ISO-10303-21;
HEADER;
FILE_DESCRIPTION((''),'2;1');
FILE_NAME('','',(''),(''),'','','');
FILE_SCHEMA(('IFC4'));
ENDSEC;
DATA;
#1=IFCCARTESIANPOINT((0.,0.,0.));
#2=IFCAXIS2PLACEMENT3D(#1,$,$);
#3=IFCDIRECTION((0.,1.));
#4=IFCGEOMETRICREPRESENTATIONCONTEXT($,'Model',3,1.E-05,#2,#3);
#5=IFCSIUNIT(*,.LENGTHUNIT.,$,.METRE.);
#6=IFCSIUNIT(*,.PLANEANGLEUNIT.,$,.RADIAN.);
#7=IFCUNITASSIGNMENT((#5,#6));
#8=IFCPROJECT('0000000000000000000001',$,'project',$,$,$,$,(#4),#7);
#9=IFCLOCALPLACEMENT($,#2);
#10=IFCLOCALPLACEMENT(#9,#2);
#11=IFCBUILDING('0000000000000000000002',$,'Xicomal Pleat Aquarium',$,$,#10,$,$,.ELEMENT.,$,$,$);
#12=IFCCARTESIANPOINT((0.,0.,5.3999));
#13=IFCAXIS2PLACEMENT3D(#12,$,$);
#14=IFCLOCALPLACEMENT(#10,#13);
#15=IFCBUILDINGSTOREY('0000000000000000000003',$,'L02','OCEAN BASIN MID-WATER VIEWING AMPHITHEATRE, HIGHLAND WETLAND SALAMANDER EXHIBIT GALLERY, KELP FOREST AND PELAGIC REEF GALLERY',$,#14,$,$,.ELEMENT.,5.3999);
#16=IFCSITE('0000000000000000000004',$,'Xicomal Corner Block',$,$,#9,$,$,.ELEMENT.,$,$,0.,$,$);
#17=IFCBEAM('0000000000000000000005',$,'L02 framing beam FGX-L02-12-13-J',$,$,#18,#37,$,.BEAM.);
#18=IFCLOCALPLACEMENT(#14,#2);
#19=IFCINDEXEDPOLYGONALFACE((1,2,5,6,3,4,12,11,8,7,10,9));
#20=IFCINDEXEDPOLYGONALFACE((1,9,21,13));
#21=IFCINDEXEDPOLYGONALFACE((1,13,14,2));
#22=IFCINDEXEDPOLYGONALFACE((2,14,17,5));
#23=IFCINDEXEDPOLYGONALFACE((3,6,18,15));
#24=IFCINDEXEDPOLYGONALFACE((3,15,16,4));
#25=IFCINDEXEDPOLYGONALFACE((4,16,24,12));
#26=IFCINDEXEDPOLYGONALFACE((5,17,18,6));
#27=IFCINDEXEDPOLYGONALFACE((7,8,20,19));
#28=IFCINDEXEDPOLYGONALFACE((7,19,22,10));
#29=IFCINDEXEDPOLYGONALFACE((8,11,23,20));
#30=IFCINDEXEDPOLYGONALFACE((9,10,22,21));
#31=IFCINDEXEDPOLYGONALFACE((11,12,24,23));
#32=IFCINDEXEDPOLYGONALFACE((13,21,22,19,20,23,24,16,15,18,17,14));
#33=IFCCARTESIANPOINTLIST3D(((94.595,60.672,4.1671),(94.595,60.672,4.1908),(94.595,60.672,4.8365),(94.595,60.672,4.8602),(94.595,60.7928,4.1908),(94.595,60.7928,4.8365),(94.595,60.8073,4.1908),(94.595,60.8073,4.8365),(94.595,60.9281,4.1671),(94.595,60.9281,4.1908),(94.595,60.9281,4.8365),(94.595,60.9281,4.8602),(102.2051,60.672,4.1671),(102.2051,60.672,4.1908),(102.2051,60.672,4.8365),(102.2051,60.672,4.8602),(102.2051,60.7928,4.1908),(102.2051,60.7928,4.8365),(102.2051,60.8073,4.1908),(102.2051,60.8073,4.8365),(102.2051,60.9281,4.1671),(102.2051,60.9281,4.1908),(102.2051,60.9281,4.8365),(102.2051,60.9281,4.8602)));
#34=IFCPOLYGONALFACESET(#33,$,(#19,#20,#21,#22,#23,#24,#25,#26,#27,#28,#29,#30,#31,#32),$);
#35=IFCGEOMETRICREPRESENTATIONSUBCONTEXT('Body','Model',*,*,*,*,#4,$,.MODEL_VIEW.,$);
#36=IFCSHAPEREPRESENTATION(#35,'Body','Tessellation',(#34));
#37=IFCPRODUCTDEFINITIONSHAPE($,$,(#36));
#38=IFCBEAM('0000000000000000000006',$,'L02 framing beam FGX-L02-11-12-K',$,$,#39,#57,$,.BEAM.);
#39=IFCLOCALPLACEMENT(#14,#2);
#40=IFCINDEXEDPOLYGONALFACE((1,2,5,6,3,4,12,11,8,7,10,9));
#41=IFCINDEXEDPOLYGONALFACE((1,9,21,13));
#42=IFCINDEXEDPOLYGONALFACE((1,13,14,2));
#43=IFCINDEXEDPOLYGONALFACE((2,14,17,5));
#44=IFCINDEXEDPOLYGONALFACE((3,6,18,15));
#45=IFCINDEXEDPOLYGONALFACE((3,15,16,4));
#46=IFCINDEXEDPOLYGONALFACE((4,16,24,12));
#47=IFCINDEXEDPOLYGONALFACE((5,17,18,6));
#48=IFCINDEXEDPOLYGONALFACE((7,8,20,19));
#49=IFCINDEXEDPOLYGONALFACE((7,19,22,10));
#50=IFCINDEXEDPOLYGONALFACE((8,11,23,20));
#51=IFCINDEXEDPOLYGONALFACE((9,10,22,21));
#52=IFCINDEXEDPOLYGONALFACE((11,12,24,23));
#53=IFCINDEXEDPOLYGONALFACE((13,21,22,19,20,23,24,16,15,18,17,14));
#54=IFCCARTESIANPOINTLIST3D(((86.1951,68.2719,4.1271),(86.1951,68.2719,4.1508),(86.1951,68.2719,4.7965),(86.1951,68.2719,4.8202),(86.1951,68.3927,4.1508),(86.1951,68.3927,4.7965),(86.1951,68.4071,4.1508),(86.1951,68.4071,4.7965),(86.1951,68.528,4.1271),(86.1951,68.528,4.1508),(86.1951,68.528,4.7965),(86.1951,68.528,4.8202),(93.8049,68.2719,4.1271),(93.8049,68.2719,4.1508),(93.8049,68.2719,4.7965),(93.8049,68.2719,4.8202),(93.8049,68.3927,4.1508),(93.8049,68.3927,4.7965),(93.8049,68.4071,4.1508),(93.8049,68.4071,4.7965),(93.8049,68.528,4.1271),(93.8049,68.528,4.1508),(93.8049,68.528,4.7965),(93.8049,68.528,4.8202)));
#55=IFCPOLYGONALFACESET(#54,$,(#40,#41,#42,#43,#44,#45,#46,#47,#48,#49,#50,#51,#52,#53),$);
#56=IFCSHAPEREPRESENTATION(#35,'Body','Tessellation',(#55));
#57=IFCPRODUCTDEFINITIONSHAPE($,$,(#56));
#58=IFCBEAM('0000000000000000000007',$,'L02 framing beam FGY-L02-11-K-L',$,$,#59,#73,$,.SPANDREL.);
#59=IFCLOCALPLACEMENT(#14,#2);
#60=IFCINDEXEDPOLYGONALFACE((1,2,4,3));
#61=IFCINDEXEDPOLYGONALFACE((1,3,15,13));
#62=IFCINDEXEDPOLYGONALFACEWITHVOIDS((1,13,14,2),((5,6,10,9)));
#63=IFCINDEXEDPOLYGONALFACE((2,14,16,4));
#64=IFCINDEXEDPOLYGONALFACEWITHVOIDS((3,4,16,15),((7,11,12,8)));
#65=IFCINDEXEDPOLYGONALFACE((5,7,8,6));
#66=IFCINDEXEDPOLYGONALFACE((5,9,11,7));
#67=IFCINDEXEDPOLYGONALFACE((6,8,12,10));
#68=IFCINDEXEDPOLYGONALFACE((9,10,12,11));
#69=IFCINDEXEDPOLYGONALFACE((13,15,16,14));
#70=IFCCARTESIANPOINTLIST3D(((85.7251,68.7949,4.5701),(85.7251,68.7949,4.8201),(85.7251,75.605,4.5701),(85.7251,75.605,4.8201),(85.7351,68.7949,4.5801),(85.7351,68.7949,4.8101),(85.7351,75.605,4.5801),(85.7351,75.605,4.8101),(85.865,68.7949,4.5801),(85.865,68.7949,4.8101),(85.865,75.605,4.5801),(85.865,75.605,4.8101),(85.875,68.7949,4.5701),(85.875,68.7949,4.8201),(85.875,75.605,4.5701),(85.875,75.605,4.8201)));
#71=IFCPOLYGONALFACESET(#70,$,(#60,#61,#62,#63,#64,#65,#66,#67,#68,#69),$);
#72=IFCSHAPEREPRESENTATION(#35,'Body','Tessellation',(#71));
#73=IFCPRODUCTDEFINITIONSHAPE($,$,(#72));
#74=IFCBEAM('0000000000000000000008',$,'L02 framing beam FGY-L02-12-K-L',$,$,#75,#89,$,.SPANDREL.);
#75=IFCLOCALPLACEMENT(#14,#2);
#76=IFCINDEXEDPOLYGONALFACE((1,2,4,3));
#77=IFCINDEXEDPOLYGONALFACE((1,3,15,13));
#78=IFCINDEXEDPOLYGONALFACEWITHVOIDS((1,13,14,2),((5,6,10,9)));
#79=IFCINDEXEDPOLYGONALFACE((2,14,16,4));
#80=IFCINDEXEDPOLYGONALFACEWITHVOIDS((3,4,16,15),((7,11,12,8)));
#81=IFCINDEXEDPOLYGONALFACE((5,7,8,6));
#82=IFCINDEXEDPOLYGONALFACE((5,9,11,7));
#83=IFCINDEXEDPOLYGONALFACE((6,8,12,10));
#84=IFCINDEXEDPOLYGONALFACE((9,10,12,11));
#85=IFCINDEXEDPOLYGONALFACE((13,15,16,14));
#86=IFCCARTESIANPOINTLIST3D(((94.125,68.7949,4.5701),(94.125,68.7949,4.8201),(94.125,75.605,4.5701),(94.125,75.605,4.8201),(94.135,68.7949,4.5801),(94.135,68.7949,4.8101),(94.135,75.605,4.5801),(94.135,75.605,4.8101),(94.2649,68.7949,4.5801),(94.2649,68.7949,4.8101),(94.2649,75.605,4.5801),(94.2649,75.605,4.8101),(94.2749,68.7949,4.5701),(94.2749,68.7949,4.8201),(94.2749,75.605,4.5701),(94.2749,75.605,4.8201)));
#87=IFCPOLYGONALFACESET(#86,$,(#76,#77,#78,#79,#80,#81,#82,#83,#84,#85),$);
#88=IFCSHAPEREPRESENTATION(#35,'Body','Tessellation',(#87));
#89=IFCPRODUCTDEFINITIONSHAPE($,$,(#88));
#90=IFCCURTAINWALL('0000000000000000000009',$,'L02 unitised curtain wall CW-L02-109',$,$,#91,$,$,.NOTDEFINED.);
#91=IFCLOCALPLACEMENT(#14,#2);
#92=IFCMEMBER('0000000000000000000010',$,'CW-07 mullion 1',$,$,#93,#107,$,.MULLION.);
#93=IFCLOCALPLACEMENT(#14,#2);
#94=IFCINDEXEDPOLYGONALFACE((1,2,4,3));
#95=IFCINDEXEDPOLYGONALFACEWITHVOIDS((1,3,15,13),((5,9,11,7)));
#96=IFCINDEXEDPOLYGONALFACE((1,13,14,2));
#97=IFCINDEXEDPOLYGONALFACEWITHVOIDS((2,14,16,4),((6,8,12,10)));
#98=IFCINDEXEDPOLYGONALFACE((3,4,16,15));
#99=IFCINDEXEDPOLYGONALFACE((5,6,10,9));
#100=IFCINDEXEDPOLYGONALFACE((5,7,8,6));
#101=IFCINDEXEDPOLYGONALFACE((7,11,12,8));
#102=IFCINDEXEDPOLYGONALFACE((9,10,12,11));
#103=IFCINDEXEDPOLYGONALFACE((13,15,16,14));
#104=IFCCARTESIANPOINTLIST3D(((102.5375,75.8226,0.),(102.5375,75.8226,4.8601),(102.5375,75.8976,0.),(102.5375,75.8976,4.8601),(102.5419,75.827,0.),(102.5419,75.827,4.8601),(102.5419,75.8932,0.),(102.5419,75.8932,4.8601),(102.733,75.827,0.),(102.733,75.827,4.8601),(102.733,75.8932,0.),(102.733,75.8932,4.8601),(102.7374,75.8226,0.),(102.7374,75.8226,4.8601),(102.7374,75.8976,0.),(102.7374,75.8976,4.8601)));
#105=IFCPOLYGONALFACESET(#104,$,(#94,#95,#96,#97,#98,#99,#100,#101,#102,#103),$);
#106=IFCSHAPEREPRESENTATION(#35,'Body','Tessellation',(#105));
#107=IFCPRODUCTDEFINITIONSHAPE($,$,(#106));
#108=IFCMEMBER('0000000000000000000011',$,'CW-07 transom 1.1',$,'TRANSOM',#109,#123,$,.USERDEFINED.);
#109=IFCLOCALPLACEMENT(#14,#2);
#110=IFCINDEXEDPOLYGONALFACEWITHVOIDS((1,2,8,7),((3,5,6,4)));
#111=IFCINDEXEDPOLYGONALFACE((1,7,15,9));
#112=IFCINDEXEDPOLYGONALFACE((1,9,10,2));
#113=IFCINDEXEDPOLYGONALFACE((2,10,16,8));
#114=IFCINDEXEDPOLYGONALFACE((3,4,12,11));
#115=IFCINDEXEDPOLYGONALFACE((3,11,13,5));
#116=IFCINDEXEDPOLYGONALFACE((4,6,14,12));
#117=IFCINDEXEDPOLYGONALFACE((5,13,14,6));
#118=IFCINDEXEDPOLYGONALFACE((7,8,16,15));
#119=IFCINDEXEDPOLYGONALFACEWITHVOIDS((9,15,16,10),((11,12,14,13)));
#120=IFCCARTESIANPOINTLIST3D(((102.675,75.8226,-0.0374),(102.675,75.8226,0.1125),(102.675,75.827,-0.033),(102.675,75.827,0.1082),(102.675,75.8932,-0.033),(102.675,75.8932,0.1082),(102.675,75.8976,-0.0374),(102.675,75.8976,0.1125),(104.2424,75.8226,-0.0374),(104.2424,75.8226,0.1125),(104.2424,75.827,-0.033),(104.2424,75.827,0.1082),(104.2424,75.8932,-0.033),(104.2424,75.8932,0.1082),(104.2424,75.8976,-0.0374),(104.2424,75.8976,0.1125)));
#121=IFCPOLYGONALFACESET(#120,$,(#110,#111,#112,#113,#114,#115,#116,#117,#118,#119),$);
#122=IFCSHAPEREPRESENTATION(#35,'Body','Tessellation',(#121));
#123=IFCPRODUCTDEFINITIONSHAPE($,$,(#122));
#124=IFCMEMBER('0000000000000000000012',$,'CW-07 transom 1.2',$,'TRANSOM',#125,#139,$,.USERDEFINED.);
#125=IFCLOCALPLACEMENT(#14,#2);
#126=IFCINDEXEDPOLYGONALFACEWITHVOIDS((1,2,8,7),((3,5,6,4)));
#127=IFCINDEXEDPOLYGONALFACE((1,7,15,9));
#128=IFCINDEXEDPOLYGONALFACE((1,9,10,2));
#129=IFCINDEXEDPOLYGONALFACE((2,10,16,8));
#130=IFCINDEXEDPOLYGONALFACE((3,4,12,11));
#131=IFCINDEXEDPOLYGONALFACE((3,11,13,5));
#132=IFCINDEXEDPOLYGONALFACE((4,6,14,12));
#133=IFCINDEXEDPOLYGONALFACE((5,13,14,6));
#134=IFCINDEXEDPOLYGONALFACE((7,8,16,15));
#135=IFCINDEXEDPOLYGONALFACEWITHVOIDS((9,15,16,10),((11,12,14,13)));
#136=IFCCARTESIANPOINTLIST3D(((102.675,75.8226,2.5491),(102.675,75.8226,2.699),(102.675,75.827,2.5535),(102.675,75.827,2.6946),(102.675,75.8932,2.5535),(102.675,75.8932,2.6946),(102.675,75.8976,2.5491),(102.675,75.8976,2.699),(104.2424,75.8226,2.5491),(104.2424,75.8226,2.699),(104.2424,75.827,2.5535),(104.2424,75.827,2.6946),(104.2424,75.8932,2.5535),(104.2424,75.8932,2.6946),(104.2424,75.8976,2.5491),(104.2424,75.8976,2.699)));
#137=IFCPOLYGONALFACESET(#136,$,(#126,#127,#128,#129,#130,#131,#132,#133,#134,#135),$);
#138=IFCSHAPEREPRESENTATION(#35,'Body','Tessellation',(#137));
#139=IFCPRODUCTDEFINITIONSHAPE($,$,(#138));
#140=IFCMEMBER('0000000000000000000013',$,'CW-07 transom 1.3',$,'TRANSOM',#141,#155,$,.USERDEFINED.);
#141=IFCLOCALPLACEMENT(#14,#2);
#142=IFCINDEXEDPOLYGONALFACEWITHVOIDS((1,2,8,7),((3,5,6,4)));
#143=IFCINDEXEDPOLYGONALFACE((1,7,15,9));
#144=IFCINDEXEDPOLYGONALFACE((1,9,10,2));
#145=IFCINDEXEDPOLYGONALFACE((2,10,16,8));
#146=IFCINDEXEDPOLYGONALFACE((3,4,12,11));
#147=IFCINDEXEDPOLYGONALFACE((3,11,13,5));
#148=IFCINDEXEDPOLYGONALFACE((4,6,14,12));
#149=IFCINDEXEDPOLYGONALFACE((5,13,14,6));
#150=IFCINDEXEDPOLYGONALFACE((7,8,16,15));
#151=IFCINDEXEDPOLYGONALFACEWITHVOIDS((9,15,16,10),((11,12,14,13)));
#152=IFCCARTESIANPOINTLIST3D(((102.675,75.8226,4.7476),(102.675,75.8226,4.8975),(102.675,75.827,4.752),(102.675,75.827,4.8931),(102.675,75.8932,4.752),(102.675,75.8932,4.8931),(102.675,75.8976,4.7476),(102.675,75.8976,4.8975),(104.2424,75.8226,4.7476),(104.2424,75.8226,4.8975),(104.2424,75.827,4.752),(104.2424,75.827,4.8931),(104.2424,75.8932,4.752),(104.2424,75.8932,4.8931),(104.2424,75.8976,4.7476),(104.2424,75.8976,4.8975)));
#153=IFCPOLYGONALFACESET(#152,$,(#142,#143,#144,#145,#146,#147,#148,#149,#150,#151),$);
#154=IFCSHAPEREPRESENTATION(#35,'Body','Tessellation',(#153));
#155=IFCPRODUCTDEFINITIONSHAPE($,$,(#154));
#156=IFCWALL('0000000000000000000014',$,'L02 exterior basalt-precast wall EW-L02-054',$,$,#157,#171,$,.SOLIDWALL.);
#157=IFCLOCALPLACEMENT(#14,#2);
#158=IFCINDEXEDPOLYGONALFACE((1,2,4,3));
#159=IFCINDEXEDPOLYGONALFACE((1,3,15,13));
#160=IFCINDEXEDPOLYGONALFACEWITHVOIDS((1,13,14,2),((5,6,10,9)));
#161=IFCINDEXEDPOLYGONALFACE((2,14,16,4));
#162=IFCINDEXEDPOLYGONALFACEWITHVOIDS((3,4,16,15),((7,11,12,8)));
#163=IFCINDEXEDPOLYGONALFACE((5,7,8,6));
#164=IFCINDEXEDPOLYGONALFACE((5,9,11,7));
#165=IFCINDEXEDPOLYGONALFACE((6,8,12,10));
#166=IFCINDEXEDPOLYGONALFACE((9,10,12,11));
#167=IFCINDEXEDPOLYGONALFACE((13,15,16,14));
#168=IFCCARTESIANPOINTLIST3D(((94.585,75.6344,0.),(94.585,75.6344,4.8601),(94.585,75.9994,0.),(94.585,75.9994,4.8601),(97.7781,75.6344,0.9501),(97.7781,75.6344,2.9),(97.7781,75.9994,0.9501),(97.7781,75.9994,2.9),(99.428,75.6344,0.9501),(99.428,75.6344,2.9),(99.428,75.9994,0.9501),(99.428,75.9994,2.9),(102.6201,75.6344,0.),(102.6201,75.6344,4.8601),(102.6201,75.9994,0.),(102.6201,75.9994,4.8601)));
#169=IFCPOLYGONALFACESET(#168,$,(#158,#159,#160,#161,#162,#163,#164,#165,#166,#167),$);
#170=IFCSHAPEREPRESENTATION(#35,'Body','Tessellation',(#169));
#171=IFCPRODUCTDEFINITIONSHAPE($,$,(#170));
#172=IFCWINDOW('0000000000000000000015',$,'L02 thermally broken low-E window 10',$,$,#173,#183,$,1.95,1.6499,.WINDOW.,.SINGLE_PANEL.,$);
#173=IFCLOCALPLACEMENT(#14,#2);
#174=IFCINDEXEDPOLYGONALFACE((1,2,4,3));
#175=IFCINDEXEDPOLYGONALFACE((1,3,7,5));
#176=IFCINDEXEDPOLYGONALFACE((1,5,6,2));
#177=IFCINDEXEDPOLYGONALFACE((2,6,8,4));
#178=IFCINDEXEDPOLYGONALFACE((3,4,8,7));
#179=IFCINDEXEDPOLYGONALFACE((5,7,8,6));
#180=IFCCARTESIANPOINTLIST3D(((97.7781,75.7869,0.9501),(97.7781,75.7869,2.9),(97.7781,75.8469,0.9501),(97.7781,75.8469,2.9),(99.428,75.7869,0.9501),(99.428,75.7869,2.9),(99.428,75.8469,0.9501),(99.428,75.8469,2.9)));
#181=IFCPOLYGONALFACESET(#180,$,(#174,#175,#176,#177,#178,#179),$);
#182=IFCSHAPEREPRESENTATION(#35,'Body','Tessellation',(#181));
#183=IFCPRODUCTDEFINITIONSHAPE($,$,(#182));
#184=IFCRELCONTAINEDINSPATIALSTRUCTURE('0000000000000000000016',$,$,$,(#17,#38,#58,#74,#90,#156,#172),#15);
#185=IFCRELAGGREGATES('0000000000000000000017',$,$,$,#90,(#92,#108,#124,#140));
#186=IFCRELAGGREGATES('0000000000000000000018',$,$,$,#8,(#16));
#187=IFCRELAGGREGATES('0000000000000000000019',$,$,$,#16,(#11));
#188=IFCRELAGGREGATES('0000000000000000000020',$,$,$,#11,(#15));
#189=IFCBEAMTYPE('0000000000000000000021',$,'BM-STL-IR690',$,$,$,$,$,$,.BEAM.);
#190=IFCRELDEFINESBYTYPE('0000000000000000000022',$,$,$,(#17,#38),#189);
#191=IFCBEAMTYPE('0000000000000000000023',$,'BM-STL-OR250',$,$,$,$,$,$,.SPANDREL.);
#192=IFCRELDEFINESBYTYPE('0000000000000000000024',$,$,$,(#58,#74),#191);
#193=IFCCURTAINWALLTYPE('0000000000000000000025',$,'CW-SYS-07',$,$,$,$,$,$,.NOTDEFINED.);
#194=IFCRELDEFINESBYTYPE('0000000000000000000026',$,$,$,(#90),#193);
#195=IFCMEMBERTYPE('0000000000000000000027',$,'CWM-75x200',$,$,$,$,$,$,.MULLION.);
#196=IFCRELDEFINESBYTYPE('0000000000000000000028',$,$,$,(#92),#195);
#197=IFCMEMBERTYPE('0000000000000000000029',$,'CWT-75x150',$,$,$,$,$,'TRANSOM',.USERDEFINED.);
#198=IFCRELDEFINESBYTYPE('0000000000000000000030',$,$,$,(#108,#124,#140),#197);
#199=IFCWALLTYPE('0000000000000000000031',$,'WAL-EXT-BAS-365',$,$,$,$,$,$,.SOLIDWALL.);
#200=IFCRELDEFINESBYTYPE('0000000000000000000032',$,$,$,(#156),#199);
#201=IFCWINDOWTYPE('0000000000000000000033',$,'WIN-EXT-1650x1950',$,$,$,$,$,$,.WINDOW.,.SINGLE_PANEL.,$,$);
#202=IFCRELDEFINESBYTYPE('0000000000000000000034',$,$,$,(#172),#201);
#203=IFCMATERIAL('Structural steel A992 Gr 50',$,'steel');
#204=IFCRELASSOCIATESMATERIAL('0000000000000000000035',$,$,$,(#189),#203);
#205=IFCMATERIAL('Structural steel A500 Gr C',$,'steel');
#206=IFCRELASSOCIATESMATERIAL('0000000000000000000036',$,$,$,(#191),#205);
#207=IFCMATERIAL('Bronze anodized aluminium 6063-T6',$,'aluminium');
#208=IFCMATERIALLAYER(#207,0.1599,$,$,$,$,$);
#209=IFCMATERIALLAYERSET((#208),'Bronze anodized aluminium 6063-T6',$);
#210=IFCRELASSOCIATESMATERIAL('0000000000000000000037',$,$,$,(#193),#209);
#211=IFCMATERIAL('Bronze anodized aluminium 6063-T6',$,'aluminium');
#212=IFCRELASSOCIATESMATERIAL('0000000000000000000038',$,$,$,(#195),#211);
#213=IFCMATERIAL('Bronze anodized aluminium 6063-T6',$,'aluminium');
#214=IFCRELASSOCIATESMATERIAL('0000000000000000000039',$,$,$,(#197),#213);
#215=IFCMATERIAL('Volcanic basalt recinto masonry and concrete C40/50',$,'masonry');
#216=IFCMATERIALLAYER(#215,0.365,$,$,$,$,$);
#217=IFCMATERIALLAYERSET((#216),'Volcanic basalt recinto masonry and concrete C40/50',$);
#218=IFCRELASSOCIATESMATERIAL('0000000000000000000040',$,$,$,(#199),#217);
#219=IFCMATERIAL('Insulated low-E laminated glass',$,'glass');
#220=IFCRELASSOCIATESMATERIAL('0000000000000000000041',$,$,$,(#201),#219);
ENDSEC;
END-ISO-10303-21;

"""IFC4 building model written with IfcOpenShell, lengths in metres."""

from ifc_helpers import new_model, si_unit, direction, frame, frame_2d, origin, origin_2d, place, context, subcontext, project, spatial, rectangle, hollow_rectangle, i_section, extrude, material, layer, layer_set, material_profile, profile_set, type_object, element, fill, aggregate, save


model = new_model("IFC4")

# Units and contexts
model_context = context("Model", 3, precision=1e-05, world=origin(), true_north=direction((0.0, 1.0)))
body_context = subcontext(model_context, "Body", "Model", "MODEL_VIEW")
ifc_project = project(units=[si_unit("LENGTHUNIT", "METRE"), si_unit("PLANEANGLEUNIT", "RADIAN")], contexts=[model_context])

# Site, building, storey
site_placement = place(None, origin())
site = spatial("IfcSite", under=ifc_project, at=site_placement, Name="Xicomal Corner Block", CompositionType="ELEMENT", RefElevation=0.0)
building_placement = place(site_placement, origin())
building = spatial("IfcBuilding", under=site, at=building_placement, Name="Xicomal Pleat Aquarium", CompositionType="ELEMENT")
storey_placement = place(building_placement, frame((0.0, 0.0, 5.3999)))
storey = spatial("IfcBuildingStorey", under=building, at=storey_placement, Name="L02", Description="OCEAN BASIN MID-WATER VIEWING AMPHITHEATRE, HIGHLAND WETLAND SALAMANDER EXHIBIT GALLERY, KELP FOREST AND PELAGIC REEF GALLERY", CompositionType="ELEMENT", Elevation=5.3999)

# Beams
ifc_material_1 = material(Name="Structural steel A992 Gr 50", Category="steel")
ifc_material_profile_1 = material_profile(ifc_material_1, i_section(OverallWidth=0.2561, OverallDepth=0.6931, WebThickness=0.0144, FlangeThickness=0.0237, at=origin_2d()), Name="IR 690x170")
ifc_profile_set_1 = profile_set([ifc_material_profile_1], Name="Structural steel A992 Gr 50")
beam_type_1 = type_object("IfcBeamType", Name="BM-STL-IR690", PredefinedType="BEAM", material=ifc_profile_set_1)
beam_1_placement = place(storey_placement, frame((94.595, 60.8, 4.5137), z_axis=(1.0, 0.0, 0.0), x_axis=(0.0, 1.0, 0.0)))
element("IfcBeam", 1, at=beam_1_placement, inside=storey, type_object=beam_type_1, Name="L02 framing beam FGX-L02-12-13-J", PredefinedType="BEAM", context=body_context, shape_type="SweptSolid", body=[
    extrude(i_section(OverallWidth=0.2561, OverallDepth=0.6931, WebThickness=0.0144, FlangeThickness=0.0237, at=origin_2d()), origin(), (0.0, 0.0, 1.0), 7.6101),
])
beam_2_placement = place(storey_placement, frame((86.1951, 68.3999, 4.4736), z_axis=(1.0, 0.0, 0.0), x_axis=(0.0, 1.0, 0.0)))
element("IfcBeam", 2, at=beam_2_placement, inside=storey, type_object=beam_type_1, Name="L02 framing beam FGX-L02-11-12-K", PredefinedType="BEAM", context=body_context, shape_type="SweptSolid", body=[
    extrude(i_section(OverallWidth=0.2561, OverallDepth=0.6931, WebThickness=0.0144, FlangeThickness=0.0237, at=origin_2d()), origin(), (0.0, 0.0, 1.0), 7.6099),
])
ifc_material_2 = material(Name="Structural steel A500 Gr C", Category="steel")
ifc_material_profile_2 = material_profile(ifc_material_2, hollow_rectangle(XDim=0.1499, YDim=0.25, WallThickness=0.01, at=origin_2d()), Name="OR 250x150x10")
ifc_profile_set_2 = profile_set([ifc_material_profile_2], Name="Structural steel A500 Gr C")
beam_type_2 = type_object("IfcBeamType", Name="BM-STL-OR250", PredefinedType="SPANDREL", material=ifc_profile_set_2)
for number, where, z_axis, x_axis, name in (
    (3, (85.8, 68.7949, 4.6951), (0.0, 1.0, 0.0), (-1.0, 0.0, 0.0), "L02 framing beam FGY-L02-11-K-L"),
    (4, (94.2, 68.7949, 4.6951), (0.0, 1.0, 0.0), (-1.0, 0.0, 0.0), "L02 framing beam FGY-L02-12-K-L"),
):
    element("IfcBeam", number, at=place(storey_placement, frame(where, z_axis=z_axis, x_axis=x_axis)), inside=storey, type_object=beam_type_2, Name=name, PredefinedType="SPANDREL", context=body_context, shape_type="SweptSolid", body=[
        extrude(hollow_rectangle(XDim=0.1499, YDim=0.25, WallThickness=0.01, at=origin_2d()), origin(), (0.0, 0.0, 1.0), 6.8101),
    ])

# Curtain wall, members
ifc_material_3 = material(Name="Bronze anodized aluminium 6063-T6", Category="aluminium")
ifc_layer_1 = layer(ifc_material_3, 0.1599)
ifc_layer_set_1 = layer_set([ifc_layer_1], Name="Bronze anodized aluminium 6063-T6")
curtain_wall_type = type_object("IfcCurtainWallType", Name="CW-SYS-07", PredefinedType="NOTDEFINED", material=ifc_layer_set_1)
curtain_wall_placement = place(storey_placement, origin())
curtain_wall = element("IfcCurtainWall", 5, at=curtain_wall_placement, inside=storey, type_object=curtain_wall_type, Name="L02 unitised curtain wall CW-L02-109", PredefinedType="NOTDEFINED")
ifc_material_4 = material(Name="Bronze anodized aluminium 6063-T6", Category="aluminium")
ifc_material_profile_3 = material_profile(ifc_material_4, hollow_rectangle(XDim=0.075, YDim=0.2, WallThickness=0.0044, at=origin_2d()), Name="ALU MULL 75x200")
ifc_profile_set_3 = profile_set([ifc_material_profile_3], Name="Bronze anodized aluminium 6063-T6")
member_type_1 = type_object("IfcMemberType", Name="CWM-75x200", PredefinedType="MULLION", material=ifc_profile_set_3)
member_1_placement = place(storey_placement, frame((102.6375, 75.8601, 0.0), z_axis=(0.0, 0.0, 1.0), x_axis=(0.0, 1.0, 0.0)))
member_1 = element("IfcMember", 6, at=member_1_placement, type_object=member_type_1, Name="CW-07 mullion 1", PredefinedType="MULLION", context=body_context, shape_type="SweptSolid", body=[
    extrude(hollow_rectangle(XDim=0.075, YDim=0.2, WallThickness=0.0044, at=origin_2d()), origin(), (0.0, 0.0, 1.0), 4.8601),
])
ifc_material_5 = material(Name="Bronze anodized aluminium 6063-T6", Category="aluminium")
ifc_material_profile_4 = material_profile(ifc_material_5, hollow_rectangle(XDim=0.075, YDim=0.1499, WallThickness=0.0044, at=origin_2d()), Name="ALU TRAN 75x150")
ifc_profile_set_4 = profile_set([ifc_material_profile_4], Name="Bronze anodized aluminium 6063-T6")
member_type_2 = type_object("IfcMemberType", Name="CWT-75x150", ElementType="TRANSOM", PredefinedType="USERDEFINED", material=ifc_profile_set_4)
member_2_placement = place(storey_placement, frame((102.675, 75.8601, 0.0376), z_axis=(1.0, 0.0, 0.0), x_axis=(0.0, 1.0, 0.0)))
member_2 = element("IfcMember", 7, at=member_2_placement, type_object=member_type_2, Name="CW-07 transom 1.1", ObjectType="TRANSOM", PredefinedType="USERDEFINED", context=body_context, shape_type="SweptSolid", body=[
    extrude(hollow_rectangle(XDim=0.075, YDim=0.1499, WallThickness=0.0044, at=origin_2d()), origin(), (0.0, 0.0, 1.0), 1.5674),
])
member_3_placement = place(storey_placement, frame((102.675, 75.8601, 2.624), z_axis=(1.0, 0.0, 0.0), x_axis=(0.0, 1.0, 0.0)))
member_3 = element("IfcMember", 8, at=member_3_placement, type_object=member_type_2, Name="CW-07 transom 1.2", ObjectType="TRANSOM", PredefinedType="USERDEFINED", context=body_context, shape_type="SweptSolid", body=[
    extrude(hollow_rectangle(XDim=0.075, YDim=0.1499, WallThickness=0.0044, at=origin_2d()), origin(), (0.0, 0.0, 1.0), 1.5674),
])
member_4_placement = place(storey_placement, frame((102.675, 75.8601, 4.8225), z_axis=(1.0, 0.0, 0.0), x_axis=(0.0, 1.0, 0.0)))
member_4 = element("IfcMember", 9, at=member_4_placement, type_object=member_type_2, Name="CW-07 transom 1.3", ObjectType="TRANSOM", PredefinedType="USERDEFINED", context=body_context, shape_type="SweptSolid", body=[
    extrude(hollow_rectangle(XDim=0.075, YDim=0.1499, WallThickness=0.0044, at=origin_2d()), origin(), (0.0, 0.0, 1.0), 1.5674),
])
aggregate(curtain_wall, [member_1, member_2, member_3, member_4])

# Wall, opening, window
ifc_material_6 = material(Name="Volcanic basalt recinto masonry and concrete C40/50", Category="masonry")
ifc_layer_2 = layer(ifc_material_6, 0.365)
ifc_layer_set_2 = layer_set([ifc_layer_2], Name="Volcanic basalt recinto masonry and concrete C40/50")
wall_type_1 = type_object("IfcWallType", Name="WAL-EXT-BAS-365", PredefinedType="SOLIDWALL", material=ifc_layer_set_2)
wall_1_placement = place(storey_placement, frame((94.585, 75.8169, 0.0), z_axis=(0.0, 0.0, 1.0), x_axis=(1.0, 0.0, 0.0)))
wall_1 = element("IfcWall", 10, at=wall_1_placement, inside=storey, type_object=wall_type_1, Name="L02 exterior basalt-precast wall EW-L02-054", PredefinedType="SOLIDWALL", context=body_context, shape_type="SweptSolid", body=[
    extrude(rectangle(XDim=8.0352, YDim=0.365, at=frame_2d((4.0176, 0.0))), origin(), (0.0, 0.0, 1.0), 4.8601),
])
opening_1_placement = place(wall_1_placement, frame((3.1931, 0.0, 0.95)))
opening_1 = element("IfcOpeningElement", 11, at=opening_1_placement, cuts=wall_1, PredefinedType="OPENING", context=body_context, shape_type="SweptSolid", body=[
    extrude(rectangle(XDim=1.6499, YDim=1.95, at=frame_2d((0.825, 0.9751))), frame((0.0, 0.1924, 0.0), z_axis=(0.0, -1.0, 0.0), x_axis=(1.0, 0.0, 0.0)), (0.0, 0.0, 1.0), 0.385),
])
ifc_material_7 = material(Name="Insulated low-E laminated glass", Category="glass")
window_type = type_object("IfcWindowType", Name="WIN-EXT-1650x1950", PartitioningType="SINGLE_PANEL", PredefinedType="WINDOW", material=ifc_material_7)
window_placement = place(opening_1_placement, origin())
window = element("IfcWindow", 12, at=window_placement, inside=storey, type_object=window_type, Name="L02 thermally broken low-E window 10", OverallHeight=1.95, OverallWidth=1.6499, PartitioningType="SINGLE_PANEL", PredefinedType="WINDOW", context=body_context, shape_type="SweptSolid", body=[
    extrude(rectangle(XDim=1.6499, YDim=1.95, at=frame_2d((0.825, 0.9751))), frame((0.0, 0.03, 0.0), z_axis=(0.0, -1.0, 0.0), x_axis=(1.0, 0.0, 0.0)), (0.0, 0.0, 1.0), 0.0601),
])
fill(opening_1, window)

save(model, "model.ifc")
